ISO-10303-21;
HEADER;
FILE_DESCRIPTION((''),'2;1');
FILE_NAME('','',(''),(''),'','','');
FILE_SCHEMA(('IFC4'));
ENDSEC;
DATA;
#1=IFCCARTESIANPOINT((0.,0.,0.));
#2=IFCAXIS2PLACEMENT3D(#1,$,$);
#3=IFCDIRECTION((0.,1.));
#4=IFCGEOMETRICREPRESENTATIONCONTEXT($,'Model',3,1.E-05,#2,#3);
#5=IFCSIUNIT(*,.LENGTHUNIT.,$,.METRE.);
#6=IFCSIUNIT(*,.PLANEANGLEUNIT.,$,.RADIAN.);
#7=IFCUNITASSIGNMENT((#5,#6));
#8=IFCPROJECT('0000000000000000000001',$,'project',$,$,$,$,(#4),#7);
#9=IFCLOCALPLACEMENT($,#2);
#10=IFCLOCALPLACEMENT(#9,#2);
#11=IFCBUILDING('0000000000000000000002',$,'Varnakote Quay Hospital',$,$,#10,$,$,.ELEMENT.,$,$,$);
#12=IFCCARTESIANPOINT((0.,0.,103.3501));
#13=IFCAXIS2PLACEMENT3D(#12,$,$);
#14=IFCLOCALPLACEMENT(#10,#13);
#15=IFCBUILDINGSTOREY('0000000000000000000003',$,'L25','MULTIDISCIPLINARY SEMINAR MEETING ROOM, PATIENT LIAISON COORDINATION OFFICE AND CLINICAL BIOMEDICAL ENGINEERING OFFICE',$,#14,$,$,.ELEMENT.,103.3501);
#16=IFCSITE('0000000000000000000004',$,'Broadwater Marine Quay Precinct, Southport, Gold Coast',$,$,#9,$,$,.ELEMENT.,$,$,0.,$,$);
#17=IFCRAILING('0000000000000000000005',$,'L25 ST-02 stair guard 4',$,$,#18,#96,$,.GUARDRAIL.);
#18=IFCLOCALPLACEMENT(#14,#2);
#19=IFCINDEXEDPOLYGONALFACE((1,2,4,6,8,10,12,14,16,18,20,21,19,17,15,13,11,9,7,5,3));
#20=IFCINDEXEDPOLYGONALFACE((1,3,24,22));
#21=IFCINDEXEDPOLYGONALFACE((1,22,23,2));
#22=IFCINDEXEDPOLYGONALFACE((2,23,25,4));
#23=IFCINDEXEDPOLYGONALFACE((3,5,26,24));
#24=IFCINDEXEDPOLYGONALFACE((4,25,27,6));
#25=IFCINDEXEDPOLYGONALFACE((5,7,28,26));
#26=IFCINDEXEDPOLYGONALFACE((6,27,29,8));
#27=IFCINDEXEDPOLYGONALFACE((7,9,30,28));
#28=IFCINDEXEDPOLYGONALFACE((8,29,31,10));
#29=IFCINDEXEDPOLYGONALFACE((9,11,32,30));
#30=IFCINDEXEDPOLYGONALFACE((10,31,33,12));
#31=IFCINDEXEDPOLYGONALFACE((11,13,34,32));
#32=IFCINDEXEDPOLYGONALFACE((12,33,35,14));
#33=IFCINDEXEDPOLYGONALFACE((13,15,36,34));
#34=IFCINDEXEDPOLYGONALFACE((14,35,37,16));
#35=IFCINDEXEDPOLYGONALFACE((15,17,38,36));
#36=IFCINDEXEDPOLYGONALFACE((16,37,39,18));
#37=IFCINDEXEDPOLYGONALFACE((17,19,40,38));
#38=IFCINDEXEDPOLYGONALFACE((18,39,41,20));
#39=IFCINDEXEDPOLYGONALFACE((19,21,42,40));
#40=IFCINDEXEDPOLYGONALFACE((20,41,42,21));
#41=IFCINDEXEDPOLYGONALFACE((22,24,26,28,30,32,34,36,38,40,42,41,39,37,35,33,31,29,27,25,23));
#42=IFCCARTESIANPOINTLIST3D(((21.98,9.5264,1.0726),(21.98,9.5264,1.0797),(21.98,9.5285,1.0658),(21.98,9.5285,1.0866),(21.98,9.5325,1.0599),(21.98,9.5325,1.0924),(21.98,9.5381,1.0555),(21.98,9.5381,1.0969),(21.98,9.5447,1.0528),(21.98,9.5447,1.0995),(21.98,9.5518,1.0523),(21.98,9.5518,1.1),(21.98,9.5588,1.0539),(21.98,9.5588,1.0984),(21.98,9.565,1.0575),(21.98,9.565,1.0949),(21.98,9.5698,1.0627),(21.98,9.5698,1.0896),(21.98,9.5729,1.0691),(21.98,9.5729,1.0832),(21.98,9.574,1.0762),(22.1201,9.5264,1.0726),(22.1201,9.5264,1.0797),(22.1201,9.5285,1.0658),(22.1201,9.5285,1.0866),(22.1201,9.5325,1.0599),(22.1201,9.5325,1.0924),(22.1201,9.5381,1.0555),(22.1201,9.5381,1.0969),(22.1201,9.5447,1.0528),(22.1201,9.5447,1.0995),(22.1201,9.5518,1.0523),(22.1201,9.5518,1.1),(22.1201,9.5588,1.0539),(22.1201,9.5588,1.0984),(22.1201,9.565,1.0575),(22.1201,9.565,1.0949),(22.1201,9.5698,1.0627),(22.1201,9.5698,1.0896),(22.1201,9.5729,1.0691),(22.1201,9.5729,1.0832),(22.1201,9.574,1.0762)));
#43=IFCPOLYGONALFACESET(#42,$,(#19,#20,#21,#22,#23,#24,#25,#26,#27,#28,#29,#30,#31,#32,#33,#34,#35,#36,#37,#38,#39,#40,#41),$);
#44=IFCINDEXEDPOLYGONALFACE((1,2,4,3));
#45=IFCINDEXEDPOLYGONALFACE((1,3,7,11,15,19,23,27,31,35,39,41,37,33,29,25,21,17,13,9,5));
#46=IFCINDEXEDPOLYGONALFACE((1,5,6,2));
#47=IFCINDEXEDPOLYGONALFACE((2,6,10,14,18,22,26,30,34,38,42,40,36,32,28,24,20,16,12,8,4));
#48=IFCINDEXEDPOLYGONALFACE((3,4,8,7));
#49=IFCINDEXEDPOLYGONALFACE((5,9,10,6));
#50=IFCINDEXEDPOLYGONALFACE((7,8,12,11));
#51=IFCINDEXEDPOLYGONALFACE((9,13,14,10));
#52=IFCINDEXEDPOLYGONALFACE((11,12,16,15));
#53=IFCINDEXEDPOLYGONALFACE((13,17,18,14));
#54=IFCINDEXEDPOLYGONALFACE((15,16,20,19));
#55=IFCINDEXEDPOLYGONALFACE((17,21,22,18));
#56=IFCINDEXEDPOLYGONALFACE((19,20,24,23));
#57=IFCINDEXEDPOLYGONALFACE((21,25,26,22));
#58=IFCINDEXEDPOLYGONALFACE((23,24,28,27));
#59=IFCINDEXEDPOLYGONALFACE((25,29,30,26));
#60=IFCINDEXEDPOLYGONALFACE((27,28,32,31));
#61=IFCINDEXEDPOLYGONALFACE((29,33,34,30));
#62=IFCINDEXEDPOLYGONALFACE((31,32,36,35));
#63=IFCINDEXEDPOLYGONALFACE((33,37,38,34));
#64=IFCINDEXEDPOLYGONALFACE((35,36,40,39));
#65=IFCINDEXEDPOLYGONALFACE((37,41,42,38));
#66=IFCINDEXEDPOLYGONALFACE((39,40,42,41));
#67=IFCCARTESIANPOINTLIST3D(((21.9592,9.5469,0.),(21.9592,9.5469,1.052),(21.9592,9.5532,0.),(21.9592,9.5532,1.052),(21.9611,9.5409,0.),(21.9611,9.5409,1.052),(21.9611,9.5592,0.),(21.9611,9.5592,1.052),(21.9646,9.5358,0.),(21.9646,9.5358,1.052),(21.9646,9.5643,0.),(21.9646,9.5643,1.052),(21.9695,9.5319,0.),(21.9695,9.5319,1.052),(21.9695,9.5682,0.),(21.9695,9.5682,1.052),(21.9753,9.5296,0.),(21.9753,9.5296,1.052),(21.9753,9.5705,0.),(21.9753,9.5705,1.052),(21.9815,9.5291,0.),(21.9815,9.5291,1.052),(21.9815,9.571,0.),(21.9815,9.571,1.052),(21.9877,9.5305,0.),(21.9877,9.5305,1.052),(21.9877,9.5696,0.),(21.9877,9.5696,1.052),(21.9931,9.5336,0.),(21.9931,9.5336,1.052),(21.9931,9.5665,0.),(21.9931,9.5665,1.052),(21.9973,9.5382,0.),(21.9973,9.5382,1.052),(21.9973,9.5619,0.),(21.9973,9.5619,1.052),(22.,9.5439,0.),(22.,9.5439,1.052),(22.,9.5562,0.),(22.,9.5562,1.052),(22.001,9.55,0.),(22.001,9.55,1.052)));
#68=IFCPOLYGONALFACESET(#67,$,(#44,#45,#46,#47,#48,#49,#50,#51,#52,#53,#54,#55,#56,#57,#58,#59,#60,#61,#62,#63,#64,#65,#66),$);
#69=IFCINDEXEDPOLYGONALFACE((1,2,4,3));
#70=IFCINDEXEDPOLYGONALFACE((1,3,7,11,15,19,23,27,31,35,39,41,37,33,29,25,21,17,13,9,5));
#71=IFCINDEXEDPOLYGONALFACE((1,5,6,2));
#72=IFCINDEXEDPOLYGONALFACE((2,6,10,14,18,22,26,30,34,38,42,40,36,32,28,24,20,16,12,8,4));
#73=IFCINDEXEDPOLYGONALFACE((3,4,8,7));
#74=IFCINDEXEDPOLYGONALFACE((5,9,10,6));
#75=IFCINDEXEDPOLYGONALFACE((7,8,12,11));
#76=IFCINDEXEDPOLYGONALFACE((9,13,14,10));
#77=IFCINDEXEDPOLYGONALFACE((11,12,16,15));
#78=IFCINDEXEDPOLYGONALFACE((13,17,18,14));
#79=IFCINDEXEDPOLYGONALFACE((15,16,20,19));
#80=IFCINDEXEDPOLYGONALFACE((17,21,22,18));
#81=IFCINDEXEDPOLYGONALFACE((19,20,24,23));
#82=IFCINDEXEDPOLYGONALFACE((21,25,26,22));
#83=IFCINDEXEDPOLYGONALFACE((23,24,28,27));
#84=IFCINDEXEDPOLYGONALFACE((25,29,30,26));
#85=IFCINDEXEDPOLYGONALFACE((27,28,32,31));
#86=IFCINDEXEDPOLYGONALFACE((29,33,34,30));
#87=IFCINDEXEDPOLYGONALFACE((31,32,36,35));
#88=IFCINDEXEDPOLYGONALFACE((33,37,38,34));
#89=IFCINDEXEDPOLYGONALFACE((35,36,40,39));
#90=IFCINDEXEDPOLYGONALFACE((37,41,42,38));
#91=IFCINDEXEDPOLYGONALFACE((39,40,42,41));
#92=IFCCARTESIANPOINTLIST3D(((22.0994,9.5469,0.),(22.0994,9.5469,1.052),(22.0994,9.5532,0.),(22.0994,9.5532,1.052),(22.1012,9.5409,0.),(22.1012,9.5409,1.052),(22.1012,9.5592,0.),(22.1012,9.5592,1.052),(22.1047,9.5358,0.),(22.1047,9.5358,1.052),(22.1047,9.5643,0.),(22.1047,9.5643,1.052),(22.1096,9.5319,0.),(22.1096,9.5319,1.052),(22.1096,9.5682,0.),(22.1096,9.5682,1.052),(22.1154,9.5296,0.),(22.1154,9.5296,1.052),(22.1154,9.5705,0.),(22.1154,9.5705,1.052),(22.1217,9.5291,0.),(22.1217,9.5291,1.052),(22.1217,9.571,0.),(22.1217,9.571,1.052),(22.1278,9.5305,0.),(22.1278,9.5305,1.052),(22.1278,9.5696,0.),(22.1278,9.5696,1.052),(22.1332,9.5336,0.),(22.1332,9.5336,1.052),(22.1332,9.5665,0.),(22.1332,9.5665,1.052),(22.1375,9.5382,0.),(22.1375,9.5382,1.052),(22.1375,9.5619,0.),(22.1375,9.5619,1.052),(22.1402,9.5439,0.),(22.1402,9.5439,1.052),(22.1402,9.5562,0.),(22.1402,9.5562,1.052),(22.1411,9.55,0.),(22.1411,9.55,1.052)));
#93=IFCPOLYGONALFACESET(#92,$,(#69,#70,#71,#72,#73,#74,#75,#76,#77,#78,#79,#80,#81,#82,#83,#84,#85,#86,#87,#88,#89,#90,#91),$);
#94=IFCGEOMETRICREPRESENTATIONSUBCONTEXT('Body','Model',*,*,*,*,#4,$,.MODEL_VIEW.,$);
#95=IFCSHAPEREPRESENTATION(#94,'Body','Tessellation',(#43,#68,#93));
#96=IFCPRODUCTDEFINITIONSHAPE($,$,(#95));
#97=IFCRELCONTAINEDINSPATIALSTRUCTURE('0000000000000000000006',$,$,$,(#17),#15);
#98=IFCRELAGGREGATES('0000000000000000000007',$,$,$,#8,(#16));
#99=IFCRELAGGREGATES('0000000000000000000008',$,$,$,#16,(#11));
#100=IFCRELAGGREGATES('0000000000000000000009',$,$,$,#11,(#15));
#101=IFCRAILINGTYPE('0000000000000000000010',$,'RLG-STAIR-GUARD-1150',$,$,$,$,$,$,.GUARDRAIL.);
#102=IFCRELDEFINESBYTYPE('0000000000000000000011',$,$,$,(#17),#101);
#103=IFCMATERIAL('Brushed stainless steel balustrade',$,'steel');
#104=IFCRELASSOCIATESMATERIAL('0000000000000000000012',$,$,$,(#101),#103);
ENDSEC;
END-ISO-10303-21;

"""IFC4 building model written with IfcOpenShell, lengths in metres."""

from ifc_helpers import new_model, si_unit, direction, frame, origin, origin_2d, place, context, subcontext, project, spatial, circle, extrude, material, type_object, element, save


model = new_model("IFC4")

# Units and contexts
model_context = context("Model", 3, precision=1e-05, world=origin(), true_north=direction((0.0, 1.0)))
body_context = subcontext(model_context, "Body", "Model", "MODEL_VIEW")
ifc_project = project(units=[si_unit("LENGTHUNIT", "METRE"), si_unit("PLANEANGLEUNIT", "RADIAN")], contexts=[model_context])

# Site, building, storey
site_placement = place(None, origin())
site = spatial("IfcSite", under=ifc_project, at=site_placement, Name="Broadwater Marine Quay Precinct, Southport, Gold Coast", CompositionType="ELEMENT", RefElevation=0.0)
building_placement = place(site_placement, origin())
building = spatial("IfcBuilding", under=site, at=building_placement, Name="Varnakote Quay Hospital", CompositionType="ELEMENT")
storey_placement = place(building_placement, frame((0.0, 0.0, 103.3501)))
storey = spatial("IfcBuildingStorey", under=building, at=storey_placement, Name="L25", Description="MULTIDISCIPLINARY SEMINAR MEETING ROOM, PATIENT LIAISON COORDINATION OFFICE AND CLINICAL BIOMEDICAL ENGINEERING OFFICE", CompositionType="ELEMENT", Elevation=103.3501)

# Railing
ifc_material_1 = material(Name="Brushed stainless steel balustrade", Category="steel")
railing_type_1 = type_object("IfcRailingType", Name="RLG-STAIR-GUARD-1150", PredefinedType="GUARDRAIL", material=ifc_material_1)
railing_1_placement = place(storey_placement, frame((21.98, 9.55, 0.0)))
element("IfcRailing", 1, at=railing_1_placement, inside=storey, type_object=railing_type_1, Name="L25 ST-02 stair guard 4", PredefinedType="GUARDRAIL", context=body_context, shape_type="SweptSolid", body=[
    extrude(circle(Radius=0.0239, at=origin_2d()), frame((0.0, 0.0, 1.0762), z_axis=(1.0, 0.0, 0.0), x_axis=(0.0, 1.0, 0.0)), (0.0, 0.0, 1.0), 0.1401),
    extrude(circle(Radius=0.021, at=origin_2d()), origin(), (0.0, 0.0, 1.0), 1.052),
    extrude(circle(Radius=0.021, at=origin_2d()), frame((0.1401, 0.0, 0.0)), (0.0, 0.0, 1.0), 1.052),
])

save(model, "model.ifc")
